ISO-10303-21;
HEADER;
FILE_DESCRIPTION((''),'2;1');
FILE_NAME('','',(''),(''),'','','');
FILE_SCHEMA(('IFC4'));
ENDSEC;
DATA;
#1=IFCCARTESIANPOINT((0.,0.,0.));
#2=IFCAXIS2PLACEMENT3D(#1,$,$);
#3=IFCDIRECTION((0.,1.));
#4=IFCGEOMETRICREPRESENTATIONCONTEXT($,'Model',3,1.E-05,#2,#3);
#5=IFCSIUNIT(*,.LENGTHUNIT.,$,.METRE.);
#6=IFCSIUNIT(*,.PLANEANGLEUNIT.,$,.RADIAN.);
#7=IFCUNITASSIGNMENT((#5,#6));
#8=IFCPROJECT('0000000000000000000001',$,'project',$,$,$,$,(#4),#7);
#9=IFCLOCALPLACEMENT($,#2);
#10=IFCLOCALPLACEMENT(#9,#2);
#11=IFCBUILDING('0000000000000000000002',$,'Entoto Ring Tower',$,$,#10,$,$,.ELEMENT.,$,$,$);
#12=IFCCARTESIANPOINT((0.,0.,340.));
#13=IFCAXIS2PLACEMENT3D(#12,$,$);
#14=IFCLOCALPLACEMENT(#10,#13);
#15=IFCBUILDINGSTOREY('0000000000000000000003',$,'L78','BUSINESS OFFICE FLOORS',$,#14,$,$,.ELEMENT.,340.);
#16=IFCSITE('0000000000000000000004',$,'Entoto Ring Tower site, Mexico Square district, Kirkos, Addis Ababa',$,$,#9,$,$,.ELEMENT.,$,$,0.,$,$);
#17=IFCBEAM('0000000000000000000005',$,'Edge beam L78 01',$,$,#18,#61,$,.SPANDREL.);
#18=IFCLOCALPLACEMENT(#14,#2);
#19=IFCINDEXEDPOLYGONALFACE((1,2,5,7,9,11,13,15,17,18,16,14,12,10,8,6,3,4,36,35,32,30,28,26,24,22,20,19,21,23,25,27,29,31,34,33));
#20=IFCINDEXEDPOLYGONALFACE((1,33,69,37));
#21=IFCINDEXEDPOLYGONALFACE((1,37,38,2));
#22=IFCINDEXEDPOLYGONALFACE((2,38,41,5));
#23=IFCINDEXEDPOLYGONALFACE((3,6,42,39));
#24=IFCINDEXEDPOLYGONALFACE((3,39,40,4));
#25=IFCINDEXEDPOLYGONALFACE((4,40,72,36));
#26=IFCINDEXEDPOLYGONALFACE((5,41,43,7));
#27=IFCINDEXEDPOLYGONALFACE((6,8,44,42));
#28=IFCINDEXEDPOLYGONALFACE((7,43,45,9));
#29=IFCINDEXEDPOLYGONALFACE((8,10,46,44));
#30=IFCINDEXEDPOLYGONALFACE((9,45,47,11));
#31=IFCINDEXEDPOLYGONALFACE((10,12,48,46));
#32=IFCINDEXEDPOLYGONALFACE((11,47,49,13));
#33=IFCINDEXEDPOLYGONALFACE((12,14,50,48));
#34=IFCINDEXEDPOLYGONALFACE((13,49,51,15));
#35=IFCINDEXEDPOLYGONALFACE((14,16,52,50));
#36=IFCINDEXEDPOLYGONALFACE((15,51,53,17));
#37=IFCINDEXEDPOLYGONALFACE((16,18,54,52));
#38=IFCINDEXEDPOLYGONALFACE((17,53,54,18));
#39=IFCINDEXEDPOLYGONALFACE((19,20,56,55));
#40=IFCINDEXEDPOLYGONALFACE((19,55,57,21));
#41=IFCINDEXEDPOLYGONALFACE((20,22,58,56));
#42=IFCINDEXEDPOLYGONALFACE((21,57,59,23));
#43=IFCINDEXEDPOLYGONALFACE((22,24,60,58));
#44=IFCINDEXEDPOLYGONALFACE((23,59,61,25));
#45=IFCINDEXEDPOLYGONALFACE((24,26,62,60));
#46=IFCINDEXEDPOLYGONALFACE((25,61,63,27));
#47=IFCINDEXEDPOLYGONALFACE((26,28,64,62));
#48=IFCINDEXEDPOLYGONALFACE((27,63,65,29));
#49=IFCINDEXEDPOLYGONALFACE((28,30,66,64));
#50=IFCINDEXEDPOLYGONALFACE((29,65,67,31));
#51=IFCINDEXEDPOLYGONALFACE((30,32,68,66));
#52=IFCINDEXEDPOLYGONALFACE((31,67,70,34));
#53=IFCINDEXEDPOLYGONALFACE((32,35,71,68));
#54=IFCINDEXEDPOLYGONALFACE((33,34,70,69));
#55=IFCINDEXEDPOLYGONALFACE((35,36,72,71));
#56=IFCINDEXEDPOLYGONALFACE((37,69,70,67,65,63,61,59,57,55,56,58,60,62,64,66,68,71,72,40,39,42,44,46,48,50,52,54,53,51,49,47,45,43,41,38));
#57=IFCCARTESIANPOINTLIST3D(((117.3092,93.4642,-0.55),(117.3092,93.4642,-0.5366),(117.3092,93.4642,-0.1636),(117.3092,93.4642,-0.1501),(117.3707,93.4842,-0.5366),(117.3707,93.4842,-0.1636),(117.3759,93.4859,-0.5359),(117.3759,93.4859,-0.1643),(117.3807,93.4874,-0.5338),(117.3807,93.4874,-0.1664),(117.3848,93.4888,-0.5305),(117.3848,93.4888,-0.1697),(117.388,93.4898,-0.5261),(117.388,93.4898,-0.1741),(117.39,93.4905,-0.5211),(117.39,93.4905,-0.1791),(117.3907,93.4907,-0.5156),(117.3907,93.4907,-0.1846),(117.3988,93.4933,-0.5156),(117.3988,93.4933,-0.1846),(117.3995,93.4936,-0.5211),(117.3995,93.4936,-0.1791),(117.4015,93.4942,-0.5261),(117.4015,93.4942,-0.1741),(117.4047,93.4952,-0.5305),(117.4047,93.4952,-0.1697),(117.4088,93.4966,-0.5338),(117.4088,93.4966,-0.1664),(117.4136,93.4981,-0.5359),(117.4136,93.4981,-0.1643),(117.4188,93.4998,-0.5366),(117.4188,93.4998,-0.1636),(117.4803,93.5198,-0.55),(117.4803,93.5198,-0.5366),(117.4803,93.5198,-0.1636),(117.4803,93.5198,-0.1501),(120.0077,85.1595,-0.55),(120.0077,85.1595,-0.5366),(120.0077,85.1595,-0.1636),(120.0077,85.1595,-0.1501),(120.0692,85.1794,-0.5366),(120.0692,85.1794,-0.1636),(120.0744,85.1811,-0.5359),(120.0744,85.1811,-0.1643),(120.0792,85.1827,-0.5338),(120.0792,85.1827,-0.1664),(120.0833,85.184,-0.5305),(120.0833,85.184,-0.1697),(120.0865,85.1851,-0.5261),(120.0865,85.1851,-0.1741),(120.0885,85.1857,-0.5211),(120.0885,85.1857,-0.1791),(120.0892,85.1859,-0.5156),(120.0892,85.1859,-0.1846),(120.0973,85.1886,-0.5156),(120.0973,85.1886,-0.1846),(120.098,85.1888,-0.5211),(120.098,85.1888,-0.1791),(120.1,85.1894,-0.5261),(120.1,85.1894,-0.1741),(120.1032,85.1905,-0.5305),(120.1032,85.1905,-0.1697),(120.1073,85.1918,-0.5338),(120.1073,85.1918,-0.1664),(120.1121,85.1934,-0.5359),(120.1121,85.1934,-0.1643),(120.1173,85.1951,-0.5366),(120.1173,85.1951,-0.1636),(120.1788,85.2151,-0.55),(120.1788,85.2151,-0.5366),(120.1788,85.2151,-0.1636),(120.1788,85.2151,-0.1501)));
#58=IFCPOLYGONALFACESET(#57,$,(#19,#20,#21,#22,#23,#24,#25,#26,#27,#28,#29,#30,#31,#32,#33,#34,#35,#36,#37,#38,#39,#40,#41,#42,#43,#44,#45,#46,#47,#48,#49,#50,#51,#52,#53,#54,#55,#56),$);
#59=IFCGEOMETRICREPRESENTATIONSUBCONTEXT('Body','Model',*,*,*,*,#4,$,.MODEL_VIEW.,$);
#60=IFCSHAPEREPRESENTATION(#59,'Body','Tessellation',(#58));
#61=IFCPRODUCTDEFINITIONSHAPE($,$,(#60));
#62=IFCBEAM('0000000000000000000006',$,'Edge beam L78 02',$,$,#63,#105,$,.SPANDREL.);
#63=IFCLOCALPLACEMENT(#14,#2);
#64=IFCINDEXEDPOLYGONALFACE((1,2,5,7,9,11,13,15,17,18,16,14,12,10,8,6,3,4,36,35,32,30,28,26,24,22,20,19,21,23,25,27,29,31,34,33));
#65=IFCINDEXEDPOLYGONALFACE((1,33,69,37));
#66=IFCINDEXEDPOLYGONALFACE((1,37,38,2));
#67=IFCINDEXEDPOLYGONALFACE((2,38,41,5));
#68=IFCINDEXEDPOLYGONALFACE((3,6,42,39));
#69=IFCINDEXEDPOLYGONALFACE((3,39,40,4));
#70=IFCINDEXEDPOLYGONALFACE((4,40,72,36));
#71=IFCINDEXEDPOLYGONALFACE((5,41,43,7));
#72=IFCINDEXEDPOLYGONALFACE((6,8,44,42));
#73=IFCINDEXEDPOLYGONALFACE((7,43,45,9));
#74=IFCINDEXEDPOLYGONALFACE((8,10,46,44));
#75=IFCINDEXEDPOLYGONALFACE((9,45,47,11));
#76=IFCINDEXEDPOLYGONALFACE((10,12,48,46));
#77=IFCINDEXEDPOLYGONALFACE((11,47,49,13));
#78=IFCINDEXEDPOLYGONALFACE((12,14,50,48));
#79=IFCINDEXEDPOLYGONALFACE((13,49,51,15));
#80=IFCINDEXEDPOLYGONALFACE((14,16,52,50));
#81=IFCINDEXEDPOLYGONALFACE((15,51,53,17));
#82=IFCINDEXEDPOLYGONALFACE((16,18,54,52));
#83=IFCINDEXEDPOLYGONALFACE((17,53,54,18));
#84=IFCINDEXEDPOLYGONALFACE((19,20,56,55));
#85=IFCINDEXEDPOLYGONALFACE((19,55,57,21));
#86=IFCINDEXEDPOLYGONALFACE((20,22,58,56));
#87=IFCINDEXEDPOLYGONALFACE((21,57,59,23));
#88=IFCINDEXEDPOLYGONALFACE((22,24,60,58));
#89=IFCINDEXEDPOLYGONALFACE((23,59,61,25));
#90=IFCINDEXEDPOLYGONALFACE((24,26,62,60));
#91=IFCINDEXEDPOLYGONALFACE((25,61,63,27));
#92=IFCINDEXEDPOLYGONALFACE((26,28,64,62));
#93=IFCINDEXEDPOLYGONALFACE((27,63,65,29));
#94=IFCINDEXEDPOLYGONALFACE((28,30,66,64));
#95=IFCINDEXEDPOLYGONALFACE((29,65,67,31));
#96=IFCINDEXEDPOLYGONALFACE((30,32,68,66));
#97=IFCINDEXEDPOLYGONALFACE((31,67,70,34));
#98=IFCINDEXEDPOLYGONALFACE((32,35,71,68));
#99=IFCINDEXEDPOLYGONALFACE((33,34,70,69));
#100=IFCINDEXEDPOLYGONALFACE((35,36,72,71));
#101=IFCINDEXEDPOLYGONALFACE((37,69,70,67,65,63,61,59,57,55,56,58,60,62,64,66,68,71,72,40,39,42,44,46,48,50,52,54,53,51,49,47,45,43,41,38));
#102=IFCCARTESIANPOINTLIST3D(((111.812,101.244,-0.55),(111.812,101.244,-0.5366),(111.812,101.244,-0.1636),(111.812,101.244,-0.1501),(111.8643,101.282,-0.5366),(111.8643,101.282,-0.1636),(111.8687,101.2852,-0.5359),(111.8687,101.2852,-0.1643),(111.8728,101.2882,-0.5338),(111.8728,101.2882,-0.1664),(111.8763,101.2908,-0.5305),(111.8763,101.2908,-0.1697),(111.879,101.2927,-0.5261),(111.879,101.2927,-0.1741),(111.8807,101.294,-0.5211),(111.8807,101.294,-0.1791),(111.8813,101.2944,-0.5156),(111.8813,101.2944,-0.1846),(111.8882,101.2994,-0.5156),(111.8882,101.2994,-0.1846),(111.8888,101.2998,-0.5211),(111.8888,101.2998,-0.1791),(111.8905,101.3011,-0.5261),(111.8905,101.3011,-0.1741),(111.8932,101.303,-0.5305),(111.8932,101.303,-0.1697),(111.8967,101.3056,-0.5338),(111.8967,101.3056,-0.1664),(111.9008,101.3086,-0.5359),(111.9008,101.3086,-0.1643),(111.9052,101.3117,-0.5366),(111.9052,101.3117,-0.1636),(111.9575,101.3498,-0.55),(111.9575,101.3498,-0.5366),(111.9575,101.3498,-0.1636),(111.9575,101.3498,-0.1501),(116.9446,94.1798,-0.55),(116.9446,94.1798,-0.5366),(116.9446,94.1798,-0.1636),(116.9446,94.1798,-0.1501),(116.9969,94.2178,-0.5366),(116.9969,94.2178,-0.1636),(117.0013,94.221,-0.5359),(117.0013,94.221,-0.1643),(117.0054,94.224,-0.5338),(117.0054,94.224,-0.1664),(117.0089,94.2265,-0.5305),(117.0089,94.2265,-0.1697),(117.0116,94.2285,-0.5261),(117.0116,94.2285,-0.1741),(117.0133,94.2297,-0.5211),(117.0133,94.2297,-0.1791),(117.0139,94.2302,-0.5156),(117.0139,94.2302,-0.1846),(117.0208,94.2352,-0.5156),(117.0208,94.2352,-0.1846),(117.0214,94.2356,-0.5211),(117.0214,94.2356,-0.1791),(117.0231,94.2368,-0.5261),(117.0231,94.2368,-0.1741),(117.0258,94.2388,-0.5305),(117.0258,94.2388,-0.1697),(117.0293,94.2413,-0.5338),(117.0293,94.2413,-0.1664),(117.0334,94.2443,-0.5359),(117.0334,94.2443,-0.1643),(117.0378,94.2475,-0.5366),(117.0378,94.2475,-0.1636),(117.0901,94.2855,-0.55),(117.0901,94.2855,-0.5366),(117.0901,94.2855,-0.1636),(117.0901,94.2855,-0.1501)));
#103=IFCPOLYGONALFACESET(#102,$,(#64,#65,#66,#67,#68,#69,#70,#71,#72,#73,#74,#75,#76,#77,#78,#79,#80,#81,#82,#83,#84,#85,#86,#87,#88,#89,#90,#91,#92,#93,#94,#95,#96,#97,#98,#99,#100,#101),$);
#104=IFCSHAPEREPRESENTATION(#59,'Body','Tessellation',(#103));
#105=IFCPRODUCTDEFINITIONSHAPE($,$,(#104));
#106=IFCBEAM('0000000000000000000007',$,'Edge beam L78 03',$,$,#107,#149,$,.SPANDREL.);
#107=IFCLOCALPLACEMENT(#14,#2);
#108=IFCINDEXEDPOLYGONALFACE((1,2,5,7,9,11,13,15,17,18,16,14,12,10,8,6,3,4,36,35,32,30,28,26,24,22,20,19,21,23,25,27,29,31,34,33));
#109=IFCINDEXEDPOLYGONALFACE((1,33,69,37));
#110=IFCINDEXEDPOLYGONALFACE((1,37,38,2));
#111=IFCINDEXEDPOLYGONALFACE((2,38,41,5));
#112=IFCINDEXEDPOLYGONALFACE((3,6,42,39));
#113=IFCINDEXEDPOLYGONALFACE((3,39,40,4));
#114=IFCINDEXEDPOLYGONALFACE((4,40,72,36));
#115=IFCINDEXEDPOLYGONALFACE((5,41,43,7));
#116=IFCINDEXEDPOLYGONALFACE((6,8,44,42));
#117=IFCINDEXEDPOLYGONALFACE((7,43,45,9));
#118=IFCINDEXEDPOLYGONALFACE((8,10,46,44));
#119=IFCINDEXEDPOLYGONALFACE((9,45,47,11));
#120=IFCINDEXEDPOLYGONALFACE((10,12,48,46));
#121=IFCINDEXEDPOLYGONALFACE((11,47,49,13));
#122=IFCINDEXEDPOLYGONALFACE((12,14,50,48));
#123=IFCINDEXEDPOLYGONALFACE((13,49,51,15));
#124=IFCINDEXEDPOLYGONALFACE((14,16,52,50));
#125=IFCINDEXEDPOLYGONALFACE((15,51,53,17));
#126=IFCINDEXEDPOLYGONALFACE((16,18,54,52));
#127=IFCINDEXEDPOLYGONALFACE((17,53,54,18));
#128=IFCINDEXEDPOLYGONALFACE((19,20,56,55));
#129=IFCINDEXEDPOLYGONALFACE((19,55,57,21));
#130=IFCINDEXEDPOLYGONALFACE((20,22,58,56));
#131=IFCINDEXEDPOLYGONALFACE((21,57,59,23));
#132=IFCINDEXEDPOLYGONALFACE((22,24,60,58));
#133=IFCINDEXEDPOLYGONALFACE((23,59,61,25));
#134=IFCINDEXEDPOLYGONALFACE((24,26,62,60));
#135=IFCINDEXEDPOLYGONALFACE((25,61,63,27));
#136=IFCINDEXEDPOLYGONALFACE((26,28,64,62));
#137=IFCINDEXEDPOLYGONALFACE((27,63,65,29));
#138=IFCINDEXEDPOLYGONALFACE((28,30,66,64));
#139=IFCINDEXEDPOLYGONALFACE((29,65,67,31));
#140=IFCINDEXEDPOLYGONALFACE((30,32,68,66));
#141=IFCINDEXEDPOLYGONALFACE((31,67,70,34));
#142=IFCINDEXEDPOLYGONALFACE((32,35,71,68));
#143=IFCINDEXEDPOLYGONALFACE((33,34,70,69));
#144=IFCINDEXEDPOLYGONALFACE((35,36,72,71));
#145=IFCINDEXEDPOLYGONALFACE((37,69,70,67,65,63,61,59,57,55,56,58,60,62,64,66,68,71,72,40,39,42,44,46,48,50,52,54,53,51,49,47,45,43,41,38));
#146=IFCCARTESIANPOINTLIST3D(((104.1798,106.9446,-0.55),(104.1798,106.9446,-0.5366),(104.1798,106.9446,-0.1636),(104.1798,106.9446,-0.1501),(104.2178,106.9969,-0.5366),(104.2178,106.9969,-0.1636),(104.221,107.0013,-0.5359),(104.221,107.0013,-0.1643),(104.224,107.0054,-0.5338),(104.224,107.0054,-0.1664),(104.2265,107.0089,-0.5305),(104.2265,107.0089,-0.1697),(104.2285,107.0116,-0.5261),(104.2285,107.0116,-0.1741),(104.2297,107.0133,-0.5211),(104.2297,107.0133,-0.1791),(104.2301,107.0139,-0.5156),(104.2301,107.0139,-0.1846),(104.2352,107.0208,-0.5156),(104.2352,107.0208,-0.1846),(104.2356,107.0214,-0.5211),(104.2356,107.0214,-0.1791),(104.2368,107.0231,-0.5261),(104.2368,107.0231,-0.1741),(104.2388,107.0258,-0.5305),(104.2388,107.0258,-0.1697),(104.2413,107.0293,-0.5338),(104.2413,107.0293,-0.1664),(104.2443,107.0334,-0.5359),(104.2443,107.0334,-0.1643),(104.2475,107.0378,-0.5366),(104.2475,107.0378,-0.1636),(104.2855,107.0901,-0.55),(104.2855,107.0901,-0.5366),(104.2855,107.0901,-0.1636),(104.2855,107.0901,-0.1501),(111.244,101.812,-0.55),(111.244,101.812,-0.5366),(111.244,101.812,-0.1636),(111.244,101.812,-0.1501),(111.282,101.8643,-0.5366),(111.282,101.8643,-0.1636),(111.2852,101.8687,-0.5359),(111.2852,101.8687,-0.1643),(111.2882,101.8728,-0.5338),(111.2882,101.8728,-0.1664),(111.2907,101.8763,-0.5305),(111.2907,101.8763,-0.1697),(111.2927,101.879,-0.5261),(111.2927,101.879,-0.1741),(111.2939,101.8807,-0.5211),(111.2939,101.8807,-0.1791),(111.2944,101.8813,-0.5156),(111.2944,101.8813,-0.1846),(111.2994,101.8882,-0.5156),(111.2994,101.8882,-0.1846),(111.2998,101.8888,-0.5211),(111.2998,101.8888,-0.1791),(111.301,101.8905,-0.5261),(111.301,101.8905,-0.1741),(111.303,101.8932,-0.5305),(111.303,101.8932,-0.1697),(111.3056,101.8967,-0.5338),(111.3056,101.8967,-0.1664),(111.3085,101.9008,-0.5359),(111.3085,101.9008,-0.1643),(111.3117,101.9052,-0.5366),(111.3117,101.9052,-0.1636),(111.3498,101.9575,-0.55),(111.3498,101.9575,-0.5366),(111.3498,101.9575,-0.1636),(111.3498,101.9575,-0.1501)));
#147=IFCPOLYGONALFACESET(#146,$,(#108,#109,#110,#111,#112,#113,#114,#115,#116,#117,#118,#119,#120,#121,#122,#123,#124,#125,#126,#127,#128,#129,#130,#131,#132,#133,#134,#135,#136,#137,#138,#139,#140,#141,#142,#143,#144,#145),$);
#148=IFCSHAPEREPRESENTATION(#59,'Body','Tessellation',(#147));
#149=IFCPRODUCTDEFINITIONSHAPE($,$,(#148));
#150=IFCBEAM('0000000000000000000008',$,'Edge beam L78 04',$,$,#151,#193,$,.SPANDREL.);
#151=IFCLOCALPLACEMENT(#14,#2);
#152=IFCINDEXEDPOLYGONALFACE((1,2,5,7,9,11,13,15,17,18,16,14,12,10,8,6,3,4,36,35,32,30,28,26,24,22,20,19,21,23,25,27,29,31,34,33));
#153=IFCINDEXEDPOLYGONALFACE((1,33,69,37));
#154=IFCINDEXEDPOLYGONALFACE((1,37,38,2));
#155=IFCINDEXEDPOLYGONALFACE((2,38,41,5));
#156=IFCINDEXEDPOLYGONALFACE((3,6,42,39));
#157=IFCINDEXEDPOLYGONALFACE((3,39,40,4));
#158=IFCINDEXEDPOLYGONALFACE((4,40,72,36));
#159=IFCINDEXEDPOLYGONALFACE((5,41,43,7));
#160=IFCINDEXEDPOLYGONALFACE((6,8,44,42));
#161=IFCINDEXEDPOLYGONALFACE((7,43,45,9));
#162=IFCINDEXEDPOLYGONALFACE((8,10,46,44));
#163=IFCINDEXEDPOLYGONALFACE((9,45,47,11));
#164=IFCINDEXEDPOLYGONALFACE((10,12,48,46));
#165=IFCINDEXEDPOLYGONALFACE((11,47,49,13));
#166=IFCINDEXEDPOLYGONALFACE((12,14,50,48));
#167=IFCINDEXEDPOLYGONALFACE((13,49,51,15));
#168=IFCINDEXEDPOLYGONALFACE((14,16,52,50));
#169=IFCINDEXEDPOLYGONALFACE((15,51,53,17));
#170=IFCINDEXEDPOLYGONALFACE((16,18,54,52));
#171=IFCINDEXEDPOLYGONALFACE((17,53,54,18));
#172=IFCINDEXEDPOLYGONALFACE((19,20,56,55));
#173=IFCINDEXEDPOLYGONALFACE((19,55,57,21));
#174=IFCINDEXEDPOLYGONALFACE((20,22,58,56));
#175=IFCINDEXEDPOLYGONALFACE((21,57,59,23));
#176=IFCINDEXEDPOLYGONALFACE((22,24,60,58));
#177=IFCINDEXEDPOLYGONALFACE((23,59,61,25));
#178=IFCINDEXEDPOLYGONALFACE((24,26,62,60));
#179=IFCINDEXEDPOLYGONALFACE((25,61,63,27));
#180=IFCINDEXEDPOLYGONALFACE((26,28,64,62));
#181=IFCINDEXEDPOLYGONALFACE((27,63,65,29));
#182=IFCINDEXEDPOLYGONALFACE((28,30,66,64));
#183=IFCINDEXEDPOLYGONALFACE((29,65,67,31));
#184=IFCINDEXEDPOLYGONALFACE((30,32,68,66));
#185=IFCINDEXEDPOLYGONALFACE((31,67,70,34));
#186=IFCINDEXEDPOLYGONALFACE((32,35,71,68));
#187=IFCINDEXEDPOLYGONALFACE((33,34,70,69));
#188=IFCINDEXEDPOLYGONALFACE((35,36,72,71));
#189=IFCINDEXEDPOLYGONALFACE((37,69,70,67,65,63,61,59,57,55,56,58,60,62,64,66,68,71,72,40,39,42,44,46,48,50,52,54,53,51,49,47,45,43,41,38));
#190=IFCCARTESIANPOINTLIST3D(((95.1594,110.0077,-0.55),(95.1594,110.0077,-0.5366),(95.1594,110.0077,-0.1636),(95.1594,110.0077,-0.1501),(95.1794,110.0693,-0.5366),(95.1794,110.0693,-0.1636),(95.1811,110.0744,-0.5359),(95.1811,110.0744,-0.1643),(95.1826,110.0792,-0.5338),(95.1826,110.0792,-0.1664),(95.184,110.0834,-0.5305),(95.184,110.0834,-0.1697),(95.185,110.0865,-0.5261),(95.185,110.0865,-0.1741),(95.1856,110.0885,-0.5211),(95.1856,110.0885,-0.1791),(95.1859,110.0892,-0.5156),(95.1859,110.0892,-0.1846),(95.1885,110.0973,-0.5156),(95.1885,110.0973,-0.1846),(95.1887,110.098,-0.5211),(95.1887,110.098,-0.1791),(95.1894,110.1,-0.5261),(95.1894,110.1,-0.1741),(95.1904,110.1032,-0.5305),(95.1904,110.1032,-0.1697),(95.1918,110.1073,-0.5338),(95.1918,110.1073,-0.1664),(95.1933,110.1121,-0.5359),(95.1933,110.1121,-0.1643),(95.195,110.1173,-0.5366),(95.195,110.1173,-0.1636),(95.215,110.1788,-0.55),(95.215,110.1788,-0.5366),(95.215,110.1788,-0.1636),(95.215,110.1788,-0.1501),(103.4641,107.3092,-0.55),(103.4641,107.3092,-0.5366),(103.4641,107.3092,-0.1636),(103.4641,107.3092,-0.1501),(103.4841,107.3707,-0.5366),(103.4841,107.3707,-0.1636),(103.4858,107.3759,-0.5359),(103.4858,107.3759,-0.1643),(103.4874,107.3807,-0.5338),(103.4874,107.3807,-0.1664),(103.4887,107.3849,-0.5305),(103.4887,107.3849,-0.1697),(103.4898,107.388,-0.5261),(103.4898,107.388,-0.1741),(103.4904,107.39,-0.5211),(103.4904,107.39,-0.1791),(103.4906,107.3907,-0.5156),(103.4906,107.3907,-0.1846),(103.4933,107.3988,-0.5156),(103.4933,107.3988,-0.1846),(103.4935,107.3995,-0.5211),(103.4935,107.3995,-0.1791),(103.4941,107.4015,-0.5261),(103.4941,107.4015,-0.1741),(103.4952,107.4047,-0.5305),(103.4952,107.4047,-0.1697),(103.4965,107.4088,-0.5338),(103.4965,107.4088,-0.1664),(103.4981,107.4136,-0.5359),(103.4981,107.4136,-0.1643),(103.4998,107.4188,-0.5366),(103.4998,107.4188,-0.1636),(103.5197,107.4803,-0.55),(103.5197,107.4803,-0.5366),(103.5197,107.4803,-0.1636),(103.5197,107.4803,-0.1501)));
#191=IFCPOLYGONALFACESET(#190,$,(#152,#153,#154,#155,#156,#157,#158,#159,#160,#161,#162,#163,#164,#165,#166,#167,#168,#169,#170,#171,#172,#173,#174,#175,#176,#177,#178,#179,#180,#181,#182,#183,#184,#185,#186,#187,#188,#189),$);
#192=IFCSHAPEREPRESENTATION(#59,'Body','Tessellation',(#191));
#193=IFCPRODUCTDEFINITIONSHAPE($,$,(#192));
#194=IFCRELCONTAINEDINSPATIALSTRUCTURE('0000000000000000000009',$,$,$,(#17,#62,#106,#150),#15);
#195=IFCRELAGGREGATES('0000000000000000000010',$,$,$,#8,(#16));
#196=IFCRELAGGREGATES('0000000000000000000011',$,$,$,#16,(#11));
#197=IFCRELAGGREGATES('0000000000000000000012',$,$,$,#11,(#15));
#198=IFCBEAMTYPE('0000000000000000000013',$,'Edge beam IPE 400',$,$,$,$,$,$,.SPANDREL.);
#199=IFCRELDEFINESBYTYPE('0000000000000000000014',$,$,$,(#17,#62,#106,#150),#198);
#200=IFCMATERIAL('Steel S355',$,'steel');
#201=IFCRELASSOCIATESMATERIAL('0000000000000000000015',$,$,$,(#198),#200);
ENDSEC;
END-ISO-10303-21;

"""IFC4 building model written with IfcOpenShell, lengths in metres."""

from ifc_helpers import new_model, si_unit, direction, frame, origin, origin_2d, place, context, subcontext, project, spatial, i_section, extrude, material, material_profile, profile_set, type_object, element, save


model = new_model("IFC4")

# Units and contexts
model_context = context("Model", 3, precision=1e-05, world=origin(), true_north=direction((0.0, 1.0)))
body_context = subcontext(model_context, "Body", "Model", "MODEL_VIEW")
ifc_project = project(units=[si_unit("LENGTHUNIT", "METRE"), si_unit("PLANEANGLEUNIT", "RADIAN")], contexts=[model_context])

# Site, building, storey
site_placement = place(None, origin())
site = spatial("IfcSite", under=ifc_project, at=site_placement, Name="Entoto Ring Tower site, Mexico Square district, Kirkos, Addis Ababa", CompositionType="ELEMENT", RefElevation=0.0)
building_placement = place(site_placement, origin())
building = spatial("IfcBuilding", under=site, at=building_placement, Name="Entoto Ring Tower", CompositionType="ELEMENT")
storey_placement = place(building_placement, frame((0.0, 0.0, 340.0)))
storey = spatial("IfcBuildingStorey", under=building, at=storey_placement, Name="L78", Description="BUSINESS OFFICE FLOORS", CompositionType="ELEMENT", Elevation=340.0)

# Beams
ifc_material_1 = material(Name="Steel S355", Category="steel")
ifc_material_profile_1 = material_profile(ifc_material_1, i_section(OverallWidth=0.1799, OverallDepth=0.3999, WebThickness=0.0085, FlangeThickness=0.0134, FilletRadius=0.021, at=origin_2d()), Name="IPE 400")
ifc_profile_set_1 = profile_set([ifc_material_profile_1], Name="Steel S355")
beam_type_1 = type_object("IfcBeamType", Name="Edge beam IPE 400", PredefinedType="SPANDREL", material=ifc_profile_set_1)
beam_1_placement = place(storey_placement, frame((120.0933, 85.1873, -0.3501), z_axis=(-0.30903, 0.951052, 0.0), x_axis=(-0.951052, -0.30903, 0.0)))
element("IfcBeam", 1, at=beam_1_placement, inside=storey, type_object=beam_type_1, Name="Edge beam L78 01", PredefinedType="SPANDREL", context=body_context, shape_type="SweptSolid", body=[
    extrude(i_section(OverallWidth=0.1799, OverallDepth=0.3999, WebThickness=0.0085, FlangeThickness=0.0134, FilletRadius=0.021, at=origin_2d()), origin(), (0.0, 0.0, 1.0), 8.7322),
])
for number, where, z_axis, x_axis, name in (
    (2, (117.0173, 94.2327, -0.3501), (-0.587794, 0.80901, 0.0), (-0.80901, -0.587794, 0.0), "Edge beam L78 02"),
    (3, (111.2969, 101.8848, -0.3501), (-0.80901, 0.587794, 0.0), (-0.587794, -0.80901, 0.0), "Edge beam L78 03"),
):
    element("IfcBeam", number, at=place(storey_placement, frame(where, z_axis=z_axis, x_axis=x_axis)), inside=storey, type_object=beam_type_1, Name=name, PredefinedType="SPANDREL", context=body_context, shape_type="SweptSolid", body=[
        extrude(i_section(OverallWidth=0.1799, OverallDepth=0.3999, WebThickness=0.0085, FlangeThickness=0.0134, FilletRadius=0.021, at=origin_2d()), origin(), (0.0, 0.0, 1.0), 8.7319),
    ])
beam_2_placement = place(storey_placement, frame((103.4919, 107.3948, -0.3501), z_axis=(-0.951052, 0.30903, 0.0), x_axis=(-0.30903, -0.951052, 0.0)))
element("IfcBeam", 4, at=beam_2_placement, inside=storey, type_object=beam_type_1, Name="Edge beam L78 04", PredefinedType="SPANDREL", context=body_context, shape_type="SweptSolid", body=[
    extrude(i_section(OverallWidth=0.1799, OverallDepth=0.3999, WebThickness=0.0085, FlangeThickness=0.0134, FilletRadius=0.021, at=origin_2d()), origin(), (0.0, 0.0, 1.0), 8.7322),
])

save(model, "model.ifc")
